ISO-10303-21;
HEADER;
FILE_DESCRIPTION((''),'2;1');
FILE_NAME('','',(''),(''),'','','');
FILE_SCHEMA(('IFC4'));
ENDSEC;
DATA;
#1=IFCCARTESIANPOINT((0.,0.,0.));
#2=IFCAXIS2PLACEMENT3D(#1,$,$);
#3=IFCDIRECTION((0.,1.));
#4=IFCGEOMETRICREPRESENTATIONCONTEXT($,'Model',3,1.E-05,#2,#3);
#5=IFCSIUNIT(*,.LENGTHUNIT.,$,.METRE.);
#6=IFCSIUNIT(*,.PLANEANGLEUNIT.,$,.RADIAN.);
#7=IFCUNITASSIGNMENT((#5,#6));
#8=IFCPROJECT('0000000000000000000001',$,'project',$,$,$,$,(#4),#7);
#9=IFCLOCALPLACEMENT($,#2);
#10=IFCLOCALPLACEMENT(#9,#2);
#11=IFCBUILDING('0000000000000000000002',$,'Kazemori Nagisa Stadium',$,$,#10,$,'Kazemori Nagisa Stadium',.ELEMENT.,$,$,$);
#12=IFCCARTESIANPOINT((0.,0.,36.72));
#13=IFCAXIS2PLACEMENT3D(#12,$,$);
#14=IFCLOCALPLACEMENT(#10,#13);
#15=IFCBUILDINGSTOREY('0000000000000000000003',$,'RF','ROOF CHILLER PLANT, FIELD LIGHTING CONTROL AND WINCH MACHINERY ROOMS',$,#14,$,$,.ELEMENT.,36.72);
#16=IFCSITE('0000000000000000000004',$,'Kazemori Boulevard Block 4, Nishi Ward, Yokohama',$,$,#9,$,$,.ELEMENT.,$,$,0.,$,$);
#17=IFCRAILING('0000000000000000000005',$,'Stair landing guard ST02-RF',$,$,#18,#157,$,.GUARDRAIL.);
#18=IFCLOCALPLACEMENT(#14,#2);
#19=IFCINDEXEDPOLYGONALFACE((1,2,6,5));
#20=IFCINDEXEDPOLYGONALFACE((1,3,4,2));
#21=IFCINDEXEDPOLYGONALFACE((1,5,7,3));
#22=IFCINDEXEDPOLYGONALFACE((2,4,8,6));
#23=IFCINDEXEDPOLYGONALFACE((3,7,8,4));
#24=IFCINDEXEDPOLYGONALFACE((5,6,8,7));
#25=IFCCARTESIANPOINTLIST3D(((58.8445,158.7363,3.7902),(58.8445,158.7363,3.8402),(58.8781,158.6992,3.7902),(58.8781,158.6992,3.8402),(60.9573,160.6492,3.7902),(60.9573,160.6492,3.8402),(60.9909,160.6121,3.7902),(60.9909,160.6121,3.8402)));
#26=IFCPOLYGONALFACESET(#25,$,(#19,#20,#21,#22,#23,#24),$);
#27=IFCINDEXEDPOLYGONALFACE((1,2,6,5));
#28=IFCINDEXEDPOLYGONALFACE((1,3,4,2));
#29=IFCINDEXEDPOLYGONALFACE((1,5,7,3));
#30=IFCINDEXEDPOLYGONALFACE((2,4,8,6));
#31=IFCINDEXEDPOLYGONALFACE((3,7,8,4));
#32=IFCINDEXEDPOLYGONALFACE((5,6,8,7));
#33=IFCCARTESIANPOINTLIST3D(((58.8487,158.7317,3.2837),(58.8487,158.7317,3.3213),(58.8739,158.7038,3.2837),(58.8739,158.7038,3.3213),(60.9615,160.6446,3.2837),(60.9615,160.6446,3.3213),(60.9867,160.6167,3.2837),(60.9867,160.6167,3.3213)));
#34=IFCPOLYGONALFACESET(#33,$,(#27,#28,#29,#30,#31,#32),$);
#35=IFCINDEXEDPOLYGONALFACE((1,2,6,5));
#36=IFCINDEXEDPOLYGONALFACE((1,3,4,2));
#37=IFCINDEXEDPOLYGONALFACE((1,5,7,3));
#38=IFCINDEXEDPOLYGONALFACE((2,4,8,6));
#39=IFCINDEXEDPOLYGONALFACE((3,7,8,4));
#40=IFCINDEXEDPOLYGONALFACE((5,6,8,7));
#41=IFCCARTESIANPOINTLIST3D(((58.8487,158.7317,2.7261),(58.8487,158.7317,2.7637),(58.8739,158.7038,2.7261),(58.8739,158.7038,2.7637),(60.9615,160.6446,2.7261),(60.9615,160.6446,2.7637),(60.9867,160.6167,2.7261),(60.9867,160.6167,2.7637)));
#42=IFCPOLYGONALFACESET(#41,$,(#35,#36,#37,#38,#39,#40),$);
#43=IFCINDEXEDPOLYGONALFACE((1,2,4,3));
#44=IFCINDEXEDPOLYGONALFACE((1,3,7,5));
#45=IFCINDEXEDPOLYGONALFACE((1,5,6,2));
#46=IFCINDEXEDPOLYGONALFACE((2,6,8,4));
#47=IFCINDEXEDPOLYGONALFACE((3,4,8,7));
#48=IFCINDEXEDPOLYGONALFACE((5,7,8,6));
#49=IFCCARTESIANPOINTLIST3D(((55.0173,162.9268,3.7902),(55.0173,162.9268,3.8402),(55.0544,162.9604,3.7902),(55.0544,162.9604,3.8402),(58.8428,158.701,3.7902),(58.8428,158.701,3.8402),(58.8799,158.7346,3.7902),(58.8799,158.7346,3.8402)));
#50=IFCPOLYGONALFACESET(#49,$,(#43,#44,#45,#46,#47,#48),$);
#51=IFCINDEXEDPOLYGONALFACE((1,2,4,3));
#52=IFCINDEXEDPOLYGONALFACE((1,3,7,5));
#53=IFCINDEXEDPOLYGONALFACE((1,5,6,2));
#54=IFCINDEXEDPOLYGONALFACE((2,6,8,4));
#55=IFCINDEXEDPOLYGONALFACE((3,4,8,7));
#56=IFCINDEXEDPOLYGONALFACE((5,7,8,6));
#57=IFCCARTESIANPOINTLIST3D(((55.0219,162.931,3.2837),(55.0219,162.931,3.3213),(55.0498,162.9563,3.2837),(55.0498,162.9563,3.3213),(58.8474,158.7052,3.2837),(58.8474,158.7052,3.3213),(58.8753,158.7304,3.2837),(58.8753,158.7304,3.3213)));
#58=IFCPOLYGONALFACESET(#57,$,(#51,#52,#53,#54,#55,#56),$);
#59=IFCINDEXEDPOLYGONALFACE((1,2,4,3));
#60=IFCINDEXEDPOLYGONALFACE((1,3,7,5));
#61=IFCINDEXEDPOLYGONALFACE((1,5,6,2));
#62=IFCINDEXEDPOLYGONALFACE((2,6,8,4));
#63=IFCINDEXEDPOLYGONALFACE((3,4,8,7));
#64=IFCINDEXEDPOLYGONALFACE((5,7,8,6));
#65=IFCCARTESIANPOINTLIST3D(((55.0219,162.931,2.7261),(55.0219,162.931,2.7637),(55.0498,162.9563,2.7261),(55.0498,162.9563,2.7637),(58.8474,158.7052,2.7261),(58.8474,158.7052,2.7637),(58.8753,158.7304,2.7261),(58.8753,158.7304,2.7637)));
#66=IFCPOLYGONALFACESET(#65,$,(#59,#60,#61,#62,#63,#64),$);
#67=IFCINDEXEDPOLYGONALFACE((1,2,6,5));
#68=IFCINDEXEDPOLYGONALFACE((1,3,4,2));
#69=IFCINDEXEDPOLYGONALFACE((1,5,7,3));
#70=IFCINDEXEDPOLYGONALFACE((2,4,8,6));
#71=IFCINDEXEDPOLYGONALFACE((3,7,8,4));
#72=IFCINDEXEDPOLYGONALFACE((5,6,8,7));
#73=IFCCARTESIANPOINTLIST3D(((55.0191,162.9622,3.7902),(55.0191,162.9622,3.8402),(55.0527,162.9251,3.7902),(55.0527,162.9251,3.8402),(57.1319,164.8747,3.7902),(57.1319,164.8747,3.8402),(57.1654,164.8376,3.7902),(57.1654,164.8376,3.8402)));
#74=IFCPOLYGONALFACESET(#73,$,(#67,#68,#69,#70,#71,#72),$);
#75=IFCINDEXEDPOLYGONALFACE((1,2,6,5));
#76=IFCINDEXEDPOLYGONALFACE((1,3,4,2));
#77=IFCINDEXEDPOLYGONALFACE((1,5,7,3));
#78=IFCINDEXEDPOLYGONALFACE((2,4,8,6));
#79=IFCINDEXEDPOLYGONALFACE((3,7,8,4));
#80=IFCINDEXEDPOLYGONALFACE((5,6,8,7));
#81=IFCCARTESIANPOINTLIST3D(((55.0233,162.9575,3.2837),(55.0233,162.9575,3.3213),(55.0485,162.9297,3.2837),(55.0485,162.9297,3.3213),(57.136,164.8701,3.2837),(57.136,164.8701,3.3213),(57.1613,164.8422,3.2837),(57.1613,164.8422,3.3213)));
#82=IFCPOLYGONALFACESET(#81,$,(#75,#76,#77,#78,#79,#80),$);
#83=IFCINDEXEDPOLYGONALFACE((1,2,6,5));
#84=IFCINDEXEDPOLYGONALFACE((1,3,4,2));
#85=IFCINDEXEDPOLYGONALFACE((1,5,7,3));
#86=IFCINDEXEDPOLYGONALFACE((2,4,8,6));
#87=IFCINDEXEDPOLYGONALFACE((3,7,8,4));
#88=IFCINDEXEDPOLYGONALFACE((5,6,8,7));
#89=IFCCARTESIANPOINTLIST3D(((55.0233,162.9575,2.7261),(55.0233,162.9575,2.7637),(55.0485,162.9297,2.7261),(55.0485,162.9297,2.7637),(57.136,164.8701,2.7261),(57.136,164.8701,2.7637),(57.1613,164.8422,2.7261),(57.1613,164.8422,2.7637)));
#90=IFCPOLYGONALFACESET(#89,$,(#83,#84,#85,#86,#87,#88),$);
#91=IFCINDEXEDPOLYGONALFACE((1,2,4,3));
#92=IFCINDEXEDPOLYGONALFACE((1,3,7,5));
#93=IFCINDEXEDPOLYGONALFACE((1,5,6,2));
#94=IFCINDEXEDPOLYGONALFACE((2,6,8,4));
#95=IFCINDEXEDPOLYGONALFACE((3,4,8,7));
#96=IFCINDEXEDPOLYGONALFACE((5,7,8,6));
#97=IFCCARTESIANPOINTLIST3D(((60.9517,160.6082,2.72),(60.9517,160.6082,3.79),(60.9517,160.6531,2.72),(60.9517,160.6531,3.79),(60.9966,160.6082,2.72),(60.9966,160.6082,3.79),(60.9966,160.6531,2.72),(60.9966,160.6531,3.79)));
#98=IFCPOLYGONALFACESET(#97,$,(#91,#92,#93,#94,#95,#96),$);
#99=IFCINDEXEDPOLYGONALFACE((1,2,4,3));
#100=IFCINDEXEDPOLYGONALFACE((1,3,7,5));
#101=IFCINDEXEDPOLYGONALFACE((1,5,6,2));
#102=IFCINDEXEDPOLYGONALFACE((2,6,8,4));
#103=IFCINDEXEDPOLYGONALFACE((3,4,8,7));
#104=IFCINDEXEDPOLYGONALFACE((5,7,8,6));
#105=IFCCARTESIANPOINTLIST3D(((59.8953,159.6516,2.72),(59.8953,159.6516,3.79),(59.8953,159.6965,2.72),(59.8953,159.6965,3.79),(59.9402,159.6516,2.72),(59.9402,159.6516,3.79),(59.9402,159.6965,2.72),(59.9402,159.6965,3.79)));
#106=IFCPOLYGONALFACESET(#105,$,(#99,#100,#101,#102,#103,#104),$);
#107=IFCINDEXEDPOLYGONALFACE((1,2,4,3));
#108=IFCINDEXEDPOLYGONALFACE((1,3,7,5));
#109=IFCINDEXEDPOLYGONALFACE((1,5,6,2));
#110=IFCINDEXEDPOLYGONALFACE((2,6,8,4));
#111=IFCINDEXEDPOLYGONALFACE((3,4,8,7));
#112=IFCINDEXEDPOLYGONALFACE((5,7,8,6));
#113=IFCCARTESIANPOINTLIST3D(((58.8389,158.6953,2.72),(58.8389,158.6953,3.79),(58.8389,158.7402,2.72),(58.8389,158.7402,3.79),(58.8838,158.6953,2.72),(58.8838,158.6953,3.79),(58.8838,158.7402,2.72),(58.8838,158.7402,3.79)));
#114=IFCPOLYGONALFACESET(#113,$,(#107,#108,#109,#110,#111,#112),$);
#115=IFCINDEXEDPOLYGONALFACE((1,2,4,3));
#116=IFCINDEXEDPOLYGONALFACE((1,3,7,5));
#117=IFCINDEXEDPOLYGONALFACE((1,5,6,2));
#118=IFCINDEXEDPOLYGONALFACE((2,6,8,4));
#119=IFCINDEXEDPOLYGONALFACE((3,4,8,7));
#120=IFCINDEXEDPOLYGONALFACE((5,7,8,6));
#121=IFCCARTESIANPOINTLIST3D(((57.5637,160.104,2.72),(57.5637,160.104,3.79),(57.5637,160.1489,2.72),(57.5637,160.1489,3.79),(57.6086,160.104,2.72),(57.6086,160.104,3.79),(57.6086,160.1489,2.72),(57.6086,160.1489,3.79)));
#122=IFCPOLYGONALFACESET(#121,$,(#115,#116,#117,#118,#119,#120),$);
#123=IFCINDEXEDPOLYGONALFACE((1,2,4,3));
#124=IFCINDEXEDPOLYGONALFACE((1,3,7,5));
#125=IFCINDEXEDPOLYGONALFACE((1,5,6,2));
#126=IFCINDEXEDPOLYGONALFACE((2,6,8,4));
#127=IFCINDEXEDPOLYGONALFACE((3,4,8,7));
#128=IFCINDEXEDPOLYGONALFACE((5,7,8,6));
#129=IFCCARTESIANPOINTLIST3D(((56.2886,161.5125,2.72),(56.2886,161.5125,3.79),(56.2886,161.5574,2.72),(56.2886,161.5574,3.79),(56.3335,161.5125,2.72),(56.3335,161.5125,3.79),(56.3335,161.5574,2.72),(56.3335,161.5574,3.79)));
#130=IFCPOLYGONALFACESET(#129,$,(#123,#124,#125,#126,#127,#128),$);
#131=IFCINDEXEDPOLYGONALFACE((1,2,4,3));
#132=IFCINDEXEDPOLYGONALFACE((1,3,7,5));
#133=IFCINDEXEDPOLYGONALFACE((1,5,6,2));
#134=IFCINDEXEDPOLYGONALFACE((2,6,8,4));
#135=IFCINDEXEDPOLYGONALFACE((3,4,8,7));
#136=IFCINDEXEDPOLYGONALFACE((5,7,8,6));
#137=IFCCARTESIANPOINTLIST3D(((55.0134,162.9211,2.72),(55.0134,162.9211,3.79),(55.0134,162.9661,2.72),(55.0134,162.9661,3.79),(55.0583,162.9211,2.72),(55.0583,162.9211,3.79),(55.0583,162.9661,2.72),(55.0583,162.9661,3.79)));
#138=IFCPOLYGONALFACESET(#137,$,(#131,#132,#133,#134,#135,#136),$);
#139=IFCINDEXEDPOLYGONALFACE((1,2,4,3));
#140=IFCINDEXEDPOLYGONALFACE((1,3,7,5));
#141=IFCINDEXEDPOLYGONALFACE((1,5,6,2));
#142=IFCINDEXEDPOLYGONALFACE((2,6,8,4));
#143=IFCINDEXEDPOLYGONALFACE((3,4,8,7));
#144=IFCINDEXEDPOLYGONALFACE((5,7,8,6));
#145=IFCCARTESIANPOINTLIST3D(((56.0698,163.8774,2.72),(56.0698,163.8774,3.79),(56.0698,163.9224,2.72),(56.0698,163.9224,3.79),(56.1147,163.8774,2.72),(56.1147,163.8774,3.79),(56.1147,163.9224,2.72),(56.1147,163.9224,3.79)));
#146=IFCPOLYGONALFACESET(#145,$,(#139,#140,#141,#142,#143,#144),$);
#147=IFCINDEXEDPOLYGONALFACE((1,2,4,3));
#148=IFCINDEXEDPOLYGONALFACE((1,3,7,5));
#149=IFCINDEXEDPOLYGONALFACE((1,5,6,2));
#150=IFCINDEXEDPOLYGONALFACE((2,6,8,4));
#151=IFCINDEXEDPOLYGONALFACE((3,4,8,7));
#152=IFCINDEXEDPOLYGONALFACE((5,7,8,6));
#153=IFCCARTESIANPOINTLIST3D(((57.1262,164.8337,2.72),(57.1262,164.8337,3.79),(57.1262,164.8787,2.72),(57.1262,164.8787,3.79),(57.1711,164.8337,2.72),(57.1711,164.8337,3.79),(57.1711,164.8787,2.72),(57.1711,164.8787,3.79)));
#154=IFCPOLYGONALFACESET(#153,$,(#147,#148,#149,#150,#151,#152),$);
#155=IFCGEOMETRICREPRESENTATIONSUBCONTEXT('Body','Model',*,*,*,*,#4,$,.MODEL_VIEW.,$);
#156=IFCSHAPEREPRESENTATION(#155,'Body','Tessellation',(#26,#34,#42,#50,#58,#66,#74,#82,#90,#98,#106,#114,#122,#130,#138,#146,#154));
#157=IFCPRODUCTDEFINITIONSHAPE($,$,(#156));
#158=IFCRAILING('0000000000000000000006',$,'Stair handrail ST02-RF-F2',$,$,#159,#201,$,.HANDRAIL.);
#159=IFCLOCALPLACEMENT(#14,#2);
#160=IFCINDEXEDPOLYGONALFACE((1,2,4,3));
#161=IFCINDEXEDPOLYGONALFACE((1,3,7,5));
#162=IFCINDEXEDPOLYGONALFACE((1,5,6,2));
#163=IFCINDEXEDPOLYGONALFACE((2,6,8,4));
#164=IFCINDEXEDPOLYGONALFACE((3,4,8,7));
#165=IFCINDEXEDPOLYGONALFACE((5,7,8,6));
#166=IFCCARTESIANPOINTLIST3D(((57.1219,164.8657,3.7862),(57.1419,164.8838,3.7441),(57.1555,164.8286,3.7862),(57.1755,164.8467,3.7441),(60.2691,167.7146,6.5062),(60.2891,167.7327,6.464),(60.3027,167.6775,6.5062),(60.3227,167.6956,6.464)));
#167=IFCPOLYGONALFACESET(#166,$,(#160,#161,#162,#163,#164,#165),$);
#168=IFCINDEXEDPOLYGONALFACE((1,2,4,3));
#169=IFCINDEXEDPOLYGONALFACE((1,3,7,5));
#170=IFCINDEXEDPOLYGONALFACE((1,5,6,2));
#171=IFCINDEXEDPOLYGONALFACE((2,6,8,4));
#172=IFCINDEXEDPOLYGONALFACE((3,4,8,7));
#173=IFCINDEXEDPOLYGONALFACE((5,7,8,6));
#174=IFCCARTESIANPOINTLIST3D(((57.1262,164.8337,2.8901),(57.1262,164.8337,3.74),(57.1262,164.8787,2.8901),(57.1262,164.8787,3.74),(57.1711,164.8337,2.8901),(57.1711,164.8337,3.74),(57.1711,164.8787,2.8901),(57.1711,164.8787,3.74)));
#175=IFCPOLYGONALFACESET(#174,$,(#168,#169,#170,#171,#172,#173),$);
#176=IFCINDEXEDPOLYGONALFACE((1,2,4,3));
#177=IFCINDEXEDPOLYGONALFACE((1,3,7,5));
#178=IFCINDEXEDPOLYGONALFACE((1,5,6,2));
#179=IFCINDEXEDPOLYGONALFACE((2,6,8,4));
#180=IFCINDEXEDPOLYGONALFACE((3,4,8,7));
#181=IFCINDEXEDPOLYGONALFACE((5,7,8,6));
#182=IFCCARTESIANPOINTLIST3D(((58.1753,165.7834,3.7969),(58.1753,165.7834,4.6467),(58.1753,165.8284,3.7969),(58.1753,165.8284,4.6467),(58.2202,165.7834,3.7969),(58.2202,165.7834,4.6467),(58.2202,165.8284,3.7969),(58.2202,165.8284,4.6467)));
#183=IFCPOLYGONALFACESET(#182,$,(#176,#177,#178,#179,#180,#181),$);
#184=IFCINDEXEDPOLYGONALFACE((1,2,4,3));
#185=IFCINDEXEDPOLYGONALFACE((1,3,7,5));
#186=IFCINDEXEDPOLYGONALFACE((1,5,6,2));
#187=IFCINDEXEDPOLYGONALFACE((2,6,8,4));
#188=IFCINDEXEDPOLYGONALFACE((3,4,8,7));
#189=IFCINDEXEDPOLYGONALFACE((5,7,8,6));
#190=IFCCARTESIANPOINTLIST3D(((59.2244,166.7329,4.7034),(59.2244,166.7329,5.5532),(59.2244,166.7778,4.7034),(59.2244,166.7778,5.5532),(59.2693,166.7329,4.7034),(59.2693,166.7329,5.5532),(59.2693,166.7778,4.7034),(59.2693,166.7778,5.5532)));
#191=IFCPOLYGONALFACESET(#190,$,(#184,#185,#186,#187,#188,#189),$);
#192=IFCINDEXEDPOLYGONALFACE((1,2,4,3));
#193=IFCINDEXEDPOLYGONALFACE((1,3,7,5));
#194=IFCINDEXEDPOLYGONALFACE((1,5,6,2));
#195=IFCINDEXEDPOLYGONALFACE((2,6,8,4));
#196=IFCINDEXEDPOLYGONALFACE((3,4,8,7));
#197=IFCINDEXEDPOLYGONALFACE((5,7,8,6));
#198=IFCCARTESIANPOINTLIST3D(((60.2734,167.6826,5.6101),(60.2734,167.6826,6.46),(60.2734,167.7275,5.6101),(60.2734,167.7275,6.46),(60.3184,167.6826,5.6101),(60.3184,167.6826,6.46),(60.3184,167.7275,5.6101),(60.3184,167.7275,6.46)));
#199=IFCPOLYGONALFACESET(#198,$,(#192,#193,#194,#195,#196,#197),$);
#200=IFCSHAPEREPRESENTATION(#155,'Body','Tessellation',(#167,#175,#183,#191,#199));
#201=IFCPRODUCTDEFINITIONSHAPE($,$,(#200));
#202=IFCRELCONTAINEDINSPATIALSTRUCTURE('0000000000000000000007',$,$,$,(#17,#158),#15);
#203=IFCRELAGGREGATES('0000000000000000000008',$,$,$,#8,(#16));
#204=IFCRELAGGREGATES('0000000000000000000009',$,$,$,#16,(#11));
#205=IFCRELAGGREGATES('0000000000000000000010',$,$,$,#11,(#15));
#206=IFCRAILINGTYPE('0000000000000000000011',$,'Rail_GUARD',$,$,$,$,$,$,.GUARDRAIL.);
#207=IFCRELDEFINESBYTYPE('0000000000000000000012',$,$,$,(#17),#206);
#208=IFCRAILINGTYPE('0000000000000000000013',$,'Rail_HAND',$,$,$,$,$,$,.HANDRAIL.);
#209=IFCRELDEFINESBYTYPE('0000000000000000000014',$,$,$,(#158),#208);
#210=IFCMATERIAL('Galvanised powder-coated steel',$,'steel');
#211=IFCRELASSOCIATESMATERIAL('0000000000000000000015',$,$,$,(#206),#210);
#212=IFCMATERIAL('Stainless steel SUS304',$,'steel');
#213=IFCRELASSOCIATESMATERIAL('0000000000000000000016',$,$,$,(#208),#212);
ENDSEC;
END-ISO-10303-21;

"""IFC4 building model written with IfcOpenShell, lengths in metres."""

from ifc_helpers import new_model, si_unit, direction, frame, origin, origin_2d, place, context, subcontext, project, spatial, rectangle, extrude, material, type_object, element, save


model = new_model("IFC4")

# Units and contexts
model_context = context("Model", 3, precision=1e-05, world=origin(), true_north=direction((0.0, 1.0)))
body_context = subcontext(model_context, "Body", "Model", "MODEL_VIEW")
ifc_project = project(units=[si_unit("LENGTHUNIT", "METRE"), si_unit("PLANEANGLEUNIT", "RADIAN")], contexts=[model_context])

# Site, building, storey
site_placement = place(None, origin())
site = spatial("IfcSite", under=ifc_project, at=site_placement, Name="Kazemori Boulevard Block 4, Nishi Ward, Yokohama", CompositionType="ELEMENT", RefElevation=0.0)
building_placement = place(site_placement, origin())
building = spatial("IfcBuilding", under=site, at=building_placement, Name="Kazemori Nagisa Stadium", LongName="Kazemori Nagisa Stadium", CompositionType="ELEMENT")
storey_placement = place(building_placement, frame((0.0, 0.0, 36.72)))
storey = spatial("IfcBuildingStorey", under=building, at=storey_placement, Name="RF", Description="ROOF CHILLER PLANT, FIELD LIGHTING CONTROL AND WINCH MACHINERY ROOMS", CompositionType="ELEMENT", Elevation=36.72)

# Shared definitions
ifc_material_1 = material(Name="Stainless steel SUS304", Category="steel")

# Railings
ifc_material_2 = material(Name="Galvanised powder-coated steel", Category="steel")
railing_type_1 = type_object("IfcRailingType", Name="Rail_GUARD", PredefinedType="GUARDRAIL", material=ifc_material_2)
railing_1_placement = place(storey_placement, frame((60.9741, 160.6306, 2.72)))
element("IfcRailing", 1, at=railing_1_placement, inside=storey, type_object=railing_type_1, Name="Stair landing guard ST02-RF", PredefinedType="GUARDRAIL", context=body_context, shape_type="SweptSolid", body=[
    extrude(rectangle(XDim=0.05, YDim=0.05, at=origin_2d()), frame((0.0, 0.0, 1.0952), z_axis=(-0.741315, -0.671158, 0.0), x_axis=(0.671158, -0.741315, 0.0)), (0.0, 0.0, 1.0), 2.8501),
    extrude(rectangle(XDim=0.0376, YDim=0.0376, at=origin_2d()), frame((0.0, 0.0, 0.5825), z_axis=(-0.741315, -0.671158, 0.0), x_axis=(0.671158, -0.741315, 0.0)), (0.0, 0.0, 1.0), 2.8501),
    extrude(rectangle(XDim=0.0376, YDim=0.0376, at=origin_2d()), frame((0.0, 0.0, 0.0249), z_axis=(-0.741315, -0.671158, 0.0), x_axis=(0.671158, -0.741315, 0.0)), (0.0, 0.0, 1.0), 2.8501),
    extrude(rectangle(XDim=0.05, YDim=0.05, at=origin_2d()), frame((-2.1128, -1.9128, 1.0952), z_axis=(-0.671113, 0.741355, 0.0), x_axis=(-0.741355, -0.671113, 0.0)), (0.0, 0.0, 1.0), 5.7002),
    extrude(rectangle(XDim=0.0376, YDim=0.0376, at=origin_2d()), frame((-2.1128, -1.9128, 0.5825), z_axis=(-0.671113, 0.741355, 0.0), x_axis=(-0.741355, -0.671113, 0.0)), (0.0, 0.0, 1.0), 5.7002),
    extrude(rectangle(XDim=0.0376, YDim=0.0376, at=origin_2d()), frame((-2.1128, -1.9128, 0.0249), z_axis=(-0.671113, 0.741355, 0.0), x_axis=(-0.741355, -0.671113, 0.0)), (0.0, 0.0, 1.0), 5.7002),
    extrude(rectangle(XDim=0.05, YDim=0.05, at=origin_2d()), frame((-5.9382, 2.313, 1.0952), z_axis=(0.741357, 0.671111, 0.0), x_axis=(-0.671111, 0.741357, 0.0)), (0.0, 0.0, 1.0), 2.8499),
    extrude(rectangle(XDim=0.0376, YDim=0.0376, at=origin_2d()), frame((-5.9382, 2.313, 0.5825), z_axis=(0.741357, 0.671111, 0.0), x_axis=(-0.671111, 0.741357, 0.0)), (0.0, 0.0, 1.0), 2.8499),
    extrude(rectangle(XDim=0.0376, YDim=0.0376, at=origin_2d()), frame((-5.9382, 2.313, 0.0249), z_axis=(0.741357, 0.671111, 0.0), x_axis=(-0.671111, 0.741357, 0.0)), (0.0, 0.0, 1.0), 2.8499),
    extrude(rectangle(XDim=0.0449, YDim=0.0449, at=origin_2d()), origin(), (0.0, 0.0, 1.0), 1.0701),
    extrude(rectangle(XDim=0.0449, YDim=0.0449, at=origin_2d()), frame((-1.0564, -0.9565, 0.0)), (0.0, 0.0, 1.0), 1.0701),
    extrude(rectangle(XDim=0.0449, YDim=0.0449, at=origin_2d()), frame((-2.1128, -1.9128, 0.0)), (0.0, 0.0, 1.0), 1.0701),
    extrude(rectangle(XDim=0.0449, YDim=0.0449, at=origin_2d()), frame((-3.3879, -0.5042, 0.0)), (0.0, 0.0, 1.0), 1.0701),
    extrude(rectangle(XDim=0.0449, YDim=0.0449, at=origin_2d()), frame((-4.6631, 0.9043, 0.0)), (0.0, 0.0, 1.0), 1.0701),
    extrude(rectangle(XDim=0.0449, YDim=0.0449, at=origin_2d()), frame((-5.9382, 2.313, 0.0)), (0.0, 0.0, 1.0), 1.0701),
    extrude(rectangle(XDim=0.0449, YDim=0.0449, at=origin_2d()), frame((-4.8818, 3.2693, 0.0)), (0.0, 0.0, 1.0), 1.0701),
    extrude(rectangle(XDim=0.0449, YDim=0.0449, at=origin_2d()), frame((-3.8254, 4.2256, 0.0)), (0.0, 0.0, 1.0), 1.0701),
])
railing_type_2 = type_object("IfcRailingType", Name="Rail_HAND", PredefinedType="HANDRAIL", material=ifc_material_1)
railing_2_placement = place(storey_placement, frame((57.1487, 164.8562, 2.8901)))
element("IfcRailing", 2, at=railing_2_placement, inside=storey, type_object=railing_type_2, Name="Stair handrail ST02-RF-F2", PredefinedType="HANDRAIL", context=body_context, shape_type="SweptSolid", body=[
    extrude(rectangle(XDim=0.05, YDim=0.05, at=origin_2d()), frame((0.0, 0.0, 0.875), z_axis=(0.62423, 0.565056, 0.539489), x_axis=(-0.671094, 0.741372, 0.0)), (0.0, 0.0, 1.0), 5.0417),
    extrude(rectangle(XDim=0.0449, YDim=0.0449, at=origin_2d()), origin(), (0.0, 0.0, 1.0), 0.8499),
    extrude(rectangle(XDim=0.0449, YDim=0.0449, at=origin_2d()), frame((1.0491, 0.9497, 0.9067)), (0.0, 0.0, 1.0), 0.8499),
    extrude(rectangle(XDim=0.0449, YDim=0.0449, at=origin_2d()), frame((2.0981, 1.8992, 1.8132)), (0.0, 0.0, 1.0), 0.8499),
    extrude(rectangle(XDim=0.0449, YDim=0.0449, at=origin_2d()), frame((3.1472, 2.8489, 2.72)), (0.0, 0.0, 1.0), 0.8499),
])

save(model, "model.ifc")
